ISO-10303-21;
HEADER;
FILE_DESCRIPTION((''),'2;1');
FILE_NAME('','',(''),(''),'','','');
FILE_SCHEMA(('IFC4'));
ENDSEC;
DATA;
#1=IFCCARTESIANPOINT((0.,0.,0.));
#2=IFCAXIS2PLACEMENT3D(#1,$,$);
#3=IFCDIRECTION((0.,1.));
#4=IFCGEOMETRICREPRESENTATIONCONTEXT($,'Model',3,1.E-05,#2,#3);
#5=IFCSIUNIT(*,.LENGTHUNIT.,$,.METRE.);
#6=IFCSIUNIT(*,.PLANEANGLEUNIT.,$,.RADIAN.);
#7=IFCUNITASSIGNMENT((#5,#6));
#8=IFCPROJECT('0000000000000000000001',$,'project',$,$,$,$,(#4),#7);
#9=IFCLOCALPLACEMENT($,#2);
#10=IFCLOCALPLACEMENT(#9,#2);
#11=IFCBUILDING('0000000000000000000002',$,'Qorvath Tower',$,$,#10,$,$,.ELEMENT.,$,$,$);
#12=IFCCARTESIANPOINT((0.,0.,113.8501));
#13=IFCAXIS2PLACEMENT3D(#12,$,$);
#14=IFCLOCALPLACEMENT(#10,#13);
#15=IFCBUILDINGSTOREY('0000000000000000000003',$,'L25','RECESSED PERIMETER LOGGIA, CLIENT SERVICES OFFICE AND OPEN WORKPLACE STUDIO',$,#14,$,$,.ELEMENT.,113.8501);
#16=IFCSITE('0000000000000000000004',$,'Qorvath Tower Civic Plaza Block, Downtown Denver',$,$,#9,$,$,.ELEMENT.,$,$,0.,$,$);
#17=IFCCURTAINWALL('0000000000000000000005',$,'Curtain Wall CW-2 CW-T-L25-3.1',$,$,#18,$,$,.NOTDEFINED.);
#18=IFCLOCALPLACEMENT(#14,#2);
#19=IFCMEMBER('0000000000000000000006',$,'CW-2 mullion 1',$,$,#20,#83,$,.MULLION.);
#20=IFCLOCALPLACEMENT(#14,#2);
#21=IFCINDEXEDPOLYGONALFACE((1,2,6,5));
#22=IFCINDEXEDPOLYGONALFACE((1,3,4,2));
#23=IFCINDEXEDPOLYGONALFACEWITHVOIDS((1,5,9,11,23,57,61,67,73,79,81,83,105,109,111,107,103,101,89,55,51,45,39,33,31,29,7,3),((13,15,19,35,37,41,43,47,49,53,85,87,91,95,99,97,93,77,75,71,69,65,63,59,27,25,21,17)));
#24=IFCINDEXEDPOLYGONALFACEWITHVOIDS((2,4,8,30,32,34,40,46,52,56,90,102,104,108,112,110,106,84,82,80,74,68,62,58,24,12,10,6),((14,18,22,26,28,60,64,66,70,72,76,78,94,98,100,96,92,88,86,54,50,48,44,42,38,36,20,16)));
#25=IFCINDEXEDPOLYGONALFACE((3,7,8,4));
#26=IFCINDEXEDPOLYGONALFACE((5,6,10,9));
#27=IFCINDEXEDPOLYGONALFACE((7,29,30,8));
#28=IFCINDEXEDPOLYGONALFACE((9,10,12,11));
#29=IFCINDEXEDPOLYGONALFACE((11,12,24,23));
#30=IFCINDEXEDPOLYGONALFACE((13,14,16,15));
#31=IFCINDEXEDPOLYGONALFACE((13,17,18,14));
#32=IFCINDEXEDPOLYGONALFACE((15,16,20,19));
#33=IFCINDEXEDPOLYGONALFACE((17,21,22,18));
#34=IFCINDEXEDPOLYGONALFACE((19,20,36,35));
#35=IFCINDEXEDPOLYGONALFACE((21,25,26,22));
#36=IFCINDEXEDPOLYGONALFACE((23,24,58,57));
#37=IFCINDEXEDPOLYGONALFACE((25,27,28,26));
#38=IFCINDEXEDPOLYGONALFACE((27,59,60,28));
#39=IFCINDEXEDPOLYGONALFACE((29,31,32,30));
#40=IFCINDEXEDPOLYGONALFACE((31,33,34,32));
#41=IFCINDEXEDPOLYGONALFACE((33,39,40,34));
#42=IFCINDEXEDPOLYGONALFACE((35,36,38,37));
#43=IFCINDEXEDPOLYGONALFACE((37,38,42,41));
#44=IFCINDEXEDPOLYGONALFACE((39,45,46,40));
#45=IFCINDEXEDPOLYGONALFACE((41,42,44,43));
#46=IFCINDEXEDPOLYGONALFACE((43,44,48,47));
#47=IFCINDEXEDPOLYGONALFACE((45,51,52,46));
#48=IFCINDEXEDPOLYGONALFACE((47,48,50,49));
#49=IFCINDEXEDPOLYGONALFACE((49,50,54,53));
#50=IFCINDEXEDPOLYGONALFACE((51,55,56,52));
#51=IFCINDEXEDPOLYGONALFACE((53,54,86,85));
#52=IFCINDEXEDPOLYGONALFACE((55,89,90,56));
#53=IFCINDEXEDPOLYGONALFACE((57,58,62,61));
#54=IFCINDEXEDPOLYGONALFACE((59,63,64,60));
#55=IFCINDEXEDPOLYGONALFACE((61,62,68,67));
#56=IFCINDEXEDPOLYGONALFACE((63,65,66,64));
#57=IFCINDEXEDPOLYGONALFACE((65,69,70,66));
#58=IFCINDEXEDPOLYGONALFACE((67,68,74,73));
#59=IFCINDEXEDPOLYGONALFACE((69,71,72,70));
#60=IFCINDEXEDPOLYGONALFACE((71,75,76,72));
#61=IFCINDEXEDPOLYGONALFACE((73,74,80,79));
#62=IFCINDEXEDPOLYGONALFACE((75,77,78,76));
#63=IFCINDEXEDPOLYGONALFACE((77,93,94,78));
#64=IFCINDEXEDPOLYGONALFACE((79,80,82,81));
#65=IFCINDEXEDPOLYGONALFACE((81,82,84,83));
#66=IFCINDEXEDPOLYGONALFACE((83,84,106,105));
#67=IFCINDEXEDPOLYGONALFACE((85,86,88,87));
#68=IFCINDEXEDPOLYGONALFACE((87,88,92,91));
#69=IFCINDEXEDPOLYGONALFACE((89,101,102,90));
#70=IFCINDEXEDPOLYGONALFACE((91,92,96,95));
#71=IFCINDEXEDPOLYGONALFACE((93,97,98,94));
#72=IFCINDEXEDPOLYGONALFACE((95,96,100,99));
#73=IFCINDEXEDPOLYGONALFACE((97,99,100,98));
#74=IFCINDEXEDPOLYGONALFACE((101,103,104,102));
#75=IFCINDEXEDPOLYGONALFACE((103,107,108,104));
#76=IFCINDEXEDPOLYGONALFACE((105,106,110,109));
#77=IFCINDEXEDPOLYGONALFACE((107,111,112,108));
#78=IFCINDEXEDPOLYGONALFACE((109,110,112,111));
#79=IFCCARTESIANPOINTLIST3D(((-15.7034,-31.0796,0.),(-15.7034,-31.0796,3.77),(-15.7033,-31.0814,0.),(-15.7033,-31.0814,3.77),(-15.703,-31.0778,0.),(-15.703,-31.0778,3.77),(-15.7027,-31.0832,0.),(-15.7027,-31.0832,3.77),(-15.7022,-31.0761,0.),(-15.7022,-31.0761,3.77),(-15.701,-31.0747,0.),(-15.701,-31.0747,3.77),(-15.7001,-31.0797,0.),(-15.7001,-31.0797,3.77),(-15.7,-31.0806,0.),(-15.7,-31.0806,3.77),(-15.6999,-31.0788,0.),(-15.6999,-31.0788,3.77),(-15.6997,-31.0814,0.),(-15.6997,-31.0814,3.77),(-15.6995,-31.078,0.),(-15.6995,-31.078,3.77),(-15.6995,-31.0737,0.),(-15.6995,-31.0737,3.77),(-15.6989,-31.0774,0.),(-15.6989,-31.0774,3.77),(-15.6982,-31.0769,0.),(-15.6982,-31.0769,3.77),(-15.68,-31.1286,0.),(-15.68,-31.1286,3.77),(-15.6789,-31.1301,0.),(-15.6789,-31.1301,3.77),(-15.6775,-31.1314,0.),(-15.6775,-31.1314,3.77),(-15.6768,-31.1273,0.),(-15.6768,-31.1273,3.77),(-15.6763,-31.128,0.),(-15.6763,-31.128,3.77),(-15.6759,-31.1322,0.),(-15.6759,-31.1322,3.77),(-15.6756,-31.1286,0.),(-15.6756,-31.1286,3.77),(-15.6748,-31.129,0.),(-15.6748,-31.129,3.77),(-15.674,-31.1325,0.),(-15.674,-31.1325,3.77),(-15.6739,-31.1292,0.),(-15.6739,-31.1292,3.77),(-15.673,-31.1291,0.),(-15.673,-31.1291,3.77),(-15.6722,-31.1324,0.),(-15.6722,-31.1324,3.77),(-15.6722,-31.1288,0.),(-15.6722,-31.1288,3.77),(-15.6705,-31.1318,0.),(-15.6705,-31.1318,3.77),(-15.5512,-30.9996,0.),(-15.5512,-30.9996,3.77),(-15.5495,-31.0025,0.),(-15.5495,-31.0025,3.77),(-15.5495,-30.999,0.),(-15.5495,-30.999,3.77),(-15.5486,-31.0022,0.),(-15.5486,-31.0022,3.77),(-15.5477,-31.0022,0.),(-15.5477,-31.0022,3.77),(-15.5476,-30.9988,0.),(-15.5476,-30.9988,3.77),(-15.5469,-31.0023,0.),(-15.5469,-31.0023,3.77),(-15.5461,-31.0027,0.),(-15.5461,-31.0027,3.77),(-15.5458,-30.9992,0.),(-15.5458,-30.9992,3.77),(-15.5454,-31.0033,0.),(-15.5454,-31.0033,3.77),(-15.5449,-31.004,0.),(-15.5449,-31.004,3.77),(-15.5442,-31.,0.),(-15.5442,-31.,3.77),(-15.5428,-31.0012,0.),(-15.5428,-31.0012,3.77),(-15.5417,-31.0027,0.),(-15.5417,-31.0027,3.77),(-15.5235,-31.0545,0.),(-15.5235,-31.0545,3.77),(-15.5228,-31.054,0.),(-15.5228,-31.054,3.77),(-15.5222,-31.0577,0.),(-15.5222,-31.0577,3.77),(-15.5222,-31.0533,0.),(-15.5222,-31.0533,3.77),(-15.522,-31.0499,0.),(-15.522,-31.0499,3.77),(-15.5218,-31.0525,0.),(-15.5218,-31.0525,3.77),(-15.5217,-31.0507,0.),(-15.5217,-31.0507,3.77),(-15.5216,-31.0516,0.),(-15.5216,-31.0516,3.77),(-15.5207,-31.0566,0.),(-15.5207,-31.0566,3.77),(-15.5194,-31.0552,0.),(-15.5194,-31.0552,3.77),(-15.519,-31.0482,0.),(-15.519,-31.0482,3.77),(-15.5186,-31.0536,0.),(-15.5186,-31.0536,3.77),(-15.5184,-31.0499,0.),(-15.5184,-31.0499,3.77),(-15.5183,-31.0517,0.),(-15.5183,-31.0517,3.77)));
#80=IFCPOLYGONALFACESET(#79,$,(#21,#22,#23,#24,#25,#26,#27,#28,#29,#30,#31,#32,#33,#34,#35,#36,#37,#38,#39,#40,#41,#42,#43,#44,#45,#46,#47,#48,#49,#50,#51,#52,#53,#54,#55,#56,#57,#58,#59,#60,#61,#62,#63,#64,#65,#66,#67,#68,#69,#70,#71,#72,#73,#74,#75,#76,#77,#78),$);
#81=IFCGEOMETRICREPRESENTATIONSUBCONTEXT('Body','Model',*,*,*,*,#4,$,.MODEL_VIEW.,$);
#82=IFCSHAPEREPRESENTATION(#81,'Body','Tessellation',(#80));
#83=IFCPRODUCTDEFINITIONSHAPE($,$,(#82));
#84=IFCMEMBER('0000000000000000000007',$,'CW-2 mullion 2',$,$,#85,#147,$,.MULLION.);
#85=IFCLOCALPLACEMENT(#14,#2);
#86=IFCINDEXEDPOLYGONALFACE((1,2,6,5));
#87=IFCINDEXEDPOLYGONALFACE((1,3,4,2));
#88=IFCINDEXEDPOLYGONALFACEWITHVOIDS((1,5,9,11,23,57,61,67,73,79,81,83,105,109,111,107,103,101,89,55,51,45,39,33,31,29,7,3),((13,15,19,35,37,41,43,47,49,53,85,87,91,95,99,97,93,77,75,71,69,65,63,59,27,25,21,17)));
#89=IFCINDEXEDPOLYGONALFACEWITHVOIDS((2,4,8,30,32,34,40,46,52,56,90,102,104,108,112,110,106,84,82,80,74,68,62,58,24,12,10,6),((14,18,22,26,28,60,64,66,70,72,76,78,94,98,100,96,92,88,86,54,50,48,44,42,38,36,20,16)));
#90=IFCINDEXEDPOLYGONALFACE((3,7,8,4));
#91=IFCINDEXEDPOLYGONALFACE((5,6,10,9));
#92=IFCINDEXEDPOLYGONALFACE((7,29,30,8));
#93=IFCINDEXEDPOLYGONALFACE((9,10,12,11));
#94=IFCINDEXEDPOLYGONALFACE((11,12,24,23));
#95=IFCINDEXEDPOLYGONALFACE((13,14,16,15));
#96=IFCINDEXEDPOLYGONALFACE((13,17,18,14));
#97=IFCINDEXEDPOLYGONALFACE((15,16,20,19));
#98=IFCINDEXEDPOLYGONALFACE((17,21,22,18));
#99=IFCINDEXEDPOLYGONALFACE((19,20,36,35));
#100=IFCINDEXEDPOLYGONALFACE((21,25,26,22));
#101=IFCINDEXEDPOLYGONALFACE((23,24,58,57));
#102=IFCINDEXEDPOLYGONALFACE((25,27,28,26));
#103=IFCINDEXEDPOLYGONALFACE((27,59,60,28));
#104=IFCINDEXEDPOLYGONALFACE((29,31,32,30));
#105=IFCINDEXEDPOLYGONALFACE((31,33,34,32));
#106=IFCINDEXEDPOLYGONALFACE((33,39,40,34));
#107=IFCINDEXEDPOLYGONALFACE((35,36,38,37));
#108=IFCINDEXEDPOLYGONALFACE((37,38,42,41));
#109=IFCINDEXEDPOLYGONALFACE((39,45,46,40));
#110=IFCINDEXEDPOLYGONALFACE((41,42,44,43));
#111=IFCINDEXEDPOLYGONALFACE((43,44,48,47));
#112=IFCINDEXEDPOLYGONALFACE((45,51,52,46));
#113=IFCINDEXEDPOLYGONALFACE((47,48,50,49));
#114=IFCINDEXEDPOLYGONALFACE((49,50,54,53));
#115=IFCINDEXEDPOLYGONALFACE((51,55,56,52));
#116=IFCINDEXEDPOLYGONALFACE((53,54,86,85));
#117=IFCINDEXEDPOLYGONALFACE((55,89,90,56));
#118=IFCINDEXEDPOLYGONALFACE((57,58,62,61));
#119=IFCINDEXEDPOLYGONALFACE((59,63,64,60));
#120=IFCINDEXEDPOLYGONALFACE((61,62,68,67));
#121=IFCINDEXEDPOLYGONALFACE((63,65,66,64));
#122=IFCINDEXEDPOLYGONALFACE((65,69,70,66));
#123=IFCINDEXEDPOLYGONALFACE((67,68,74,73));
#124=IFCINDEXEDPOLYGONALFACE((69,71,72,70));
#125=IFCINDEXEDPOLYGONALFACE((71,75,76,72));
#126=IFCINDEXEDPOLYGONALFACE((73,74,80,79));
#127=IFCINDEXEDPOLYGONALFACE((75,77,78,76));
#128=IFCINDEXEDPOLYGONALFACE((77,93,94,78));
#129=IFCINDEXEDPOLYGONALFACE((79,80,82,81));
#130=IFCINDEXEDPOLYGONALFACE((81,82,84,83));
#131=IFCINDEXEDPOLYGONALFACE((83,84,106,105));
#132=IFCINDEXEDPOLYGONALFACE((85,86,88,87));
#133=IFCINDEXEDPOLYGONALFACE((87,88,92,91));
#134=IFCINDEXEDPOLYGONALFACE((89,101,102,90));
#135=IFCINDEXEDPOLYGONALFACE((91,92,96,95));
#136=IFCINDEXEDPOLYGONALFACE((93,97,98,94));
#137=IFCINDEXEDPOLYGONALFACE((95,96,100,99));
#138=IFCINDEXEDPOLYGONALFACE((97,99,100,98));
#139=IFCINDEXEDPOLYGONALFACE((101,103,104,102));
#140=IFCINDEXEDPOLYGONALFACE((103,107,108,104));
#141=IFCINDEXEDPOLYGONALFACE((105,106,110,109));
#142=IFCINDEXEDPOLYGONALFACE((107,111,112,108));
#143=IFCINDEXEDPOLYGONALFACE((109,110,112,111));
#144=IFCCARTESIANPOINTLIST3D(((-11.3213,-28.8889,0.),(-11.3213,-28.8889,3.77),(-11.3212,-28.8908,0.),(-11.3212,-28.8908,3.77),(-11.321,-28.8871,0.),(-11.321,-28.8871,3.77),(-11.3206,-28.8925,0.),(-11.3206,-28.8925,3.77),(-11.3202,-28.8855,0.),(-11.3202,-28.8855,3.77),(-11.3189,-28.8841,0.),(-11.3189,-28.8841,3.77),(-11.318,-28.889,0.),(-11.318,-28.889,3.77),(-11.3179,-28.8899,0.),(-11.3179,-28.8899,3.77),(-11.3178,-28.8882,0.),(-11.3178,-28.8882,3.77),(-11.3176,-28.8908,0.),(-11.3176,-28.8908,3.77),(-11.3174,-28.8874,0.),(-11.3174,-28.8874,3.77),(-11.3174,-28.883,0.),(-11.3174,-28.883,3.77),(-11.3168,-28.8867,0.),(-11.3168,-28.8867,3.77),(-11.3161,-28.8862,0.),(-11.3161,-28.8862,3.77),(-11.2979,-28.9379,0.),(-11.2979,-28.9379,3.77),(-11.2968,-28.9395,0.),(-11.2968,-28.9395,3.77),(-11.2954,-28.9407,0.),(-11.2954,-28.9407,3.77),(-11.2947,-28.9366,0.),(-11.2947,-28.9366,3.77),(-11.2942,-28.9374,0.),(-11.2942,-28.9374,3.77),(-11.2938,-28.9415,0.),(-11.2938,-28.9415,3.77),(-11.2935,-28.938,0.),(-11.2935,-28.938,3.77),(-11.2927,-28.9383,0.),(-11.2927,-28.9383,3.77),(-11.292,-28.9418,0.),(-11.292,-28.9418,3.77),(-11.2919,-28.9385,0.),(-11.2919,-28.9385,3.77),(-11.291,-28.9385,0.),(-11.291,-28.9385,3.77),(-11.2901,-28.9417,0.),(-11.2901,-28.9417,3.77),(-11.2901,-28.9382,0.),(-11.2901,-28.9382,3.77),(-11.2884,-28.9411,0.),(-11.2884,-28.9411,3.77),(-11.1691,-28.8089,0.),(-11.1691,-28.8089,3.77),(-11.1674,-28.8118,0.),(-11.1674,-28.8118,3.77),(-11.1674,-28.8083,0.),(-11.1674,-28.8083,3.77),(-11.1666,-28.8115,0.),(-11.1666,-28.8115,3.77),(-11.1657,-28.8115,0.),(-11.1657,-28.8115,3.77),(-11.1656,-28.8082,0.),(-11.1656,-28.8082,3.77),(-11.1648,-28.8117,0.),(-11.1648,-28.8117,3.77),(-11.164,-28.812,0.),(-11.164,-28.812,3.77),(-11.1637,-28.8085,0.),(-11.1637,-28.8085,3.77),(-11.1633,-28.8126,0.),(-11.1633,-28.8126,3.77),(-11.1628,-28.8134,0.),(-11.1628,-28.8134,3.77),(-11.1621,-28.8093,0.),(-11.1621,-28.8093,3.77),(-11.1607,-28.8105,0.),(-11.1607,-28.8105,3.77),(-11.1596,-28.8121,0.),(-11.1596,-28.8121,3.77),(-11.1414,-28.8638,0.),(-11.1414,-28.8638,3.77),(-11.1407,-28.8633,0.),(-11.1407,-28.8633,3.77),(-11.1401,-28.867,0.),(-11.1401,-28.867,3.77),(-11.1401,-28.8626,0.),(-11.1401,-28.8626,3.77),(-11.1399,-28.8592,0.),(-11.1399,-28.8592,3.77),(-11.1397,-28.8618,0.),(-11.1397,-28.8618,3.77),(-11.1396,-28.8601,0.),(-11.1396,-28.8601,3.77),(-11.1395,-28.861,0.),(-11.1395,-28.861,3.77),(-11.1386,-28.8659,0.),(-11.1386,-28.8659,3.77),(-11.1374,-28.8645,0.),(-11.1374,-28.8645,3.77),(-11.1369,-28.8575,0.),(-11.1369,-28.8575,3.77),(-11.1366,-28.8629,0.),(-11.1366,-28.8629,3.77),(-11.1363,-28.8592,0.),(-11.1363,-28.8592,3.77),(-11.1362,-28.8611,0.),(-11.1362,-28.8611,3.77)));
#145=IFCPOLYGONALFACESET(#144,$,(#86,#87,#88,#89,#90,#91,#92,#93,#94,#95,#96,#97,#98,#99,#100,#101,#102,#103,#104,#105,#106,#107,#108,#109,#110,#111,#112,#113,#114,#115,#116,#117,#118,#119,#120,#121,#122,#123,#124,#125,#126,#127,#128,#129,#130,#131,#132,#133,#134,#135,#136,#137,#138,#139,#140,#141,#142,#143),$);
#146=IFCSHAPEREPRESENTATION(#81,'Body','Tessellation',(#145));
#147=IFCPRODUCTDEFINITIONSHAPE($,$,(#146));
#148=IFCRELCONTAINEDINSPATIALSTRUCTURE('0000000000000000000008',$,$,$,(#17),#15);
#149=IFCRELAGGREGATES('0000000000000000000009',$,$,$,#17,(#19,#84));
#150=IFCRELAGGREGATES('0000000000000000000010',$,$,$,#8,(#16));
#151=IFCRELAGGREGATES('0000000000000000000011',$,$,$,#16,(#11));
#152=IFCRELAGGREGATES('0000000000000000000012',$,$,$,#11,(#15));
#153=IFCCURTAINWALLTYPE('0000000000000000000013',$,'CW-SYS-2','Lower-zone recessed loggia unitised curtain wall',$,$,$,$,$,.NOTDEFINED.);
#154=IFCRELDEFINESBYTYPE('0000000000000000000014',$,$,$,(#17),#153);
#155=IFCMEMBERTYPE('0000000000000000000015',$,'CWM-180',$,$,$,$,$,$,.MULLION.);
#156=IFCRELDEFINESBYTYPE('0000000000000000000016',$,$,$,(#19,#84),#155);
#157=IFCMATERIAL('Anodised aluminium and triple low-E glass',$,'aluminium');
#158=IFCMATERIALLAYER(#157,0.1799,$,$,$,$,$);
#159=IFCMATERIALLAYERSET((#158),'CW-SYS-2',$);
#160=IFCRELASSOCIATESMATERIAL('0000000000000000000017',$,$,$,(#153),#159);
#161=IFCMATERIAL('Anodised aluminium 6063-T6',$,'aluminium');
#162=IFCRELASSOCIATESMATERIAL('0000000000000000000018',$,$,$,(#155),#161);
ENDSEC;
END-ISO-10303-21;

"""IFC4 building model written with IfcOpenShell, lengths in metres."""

from ifc_helpers import new_model, si_unit, direction, frame, origin, origin_2d, place, context, subcontext, project, spatial, hollow_rectangle, extrude, material, layer, layer_set, material_profile, profile_set, type_object, element, aggregate, save


model = new_model("IFC4")

# Units and contexts
model_context = context("Model", 3, precision=1e-05, world=origin(), true_north=direction((0.0, 1.0)))
body_context = subcontext(model_context, "Body", "Model", "MODEL_VIEW")
ifc_project = project(units=[si_unit("LENGTHUNIT", "METRE"), si_unit("PLANEANGLEUNIT", "RADIAN")], contexts=[model_context])

# Site, building, storey
site_placement = place(None, origin())
site = spatial("IfcSite", under=ifc_project, at=site_placement, Name="Qorvath Tower Civic Plaza Block, Downtown Denver", CompositionType="ELEMENT", RefElevation=0.0)
building_placement = place(site_placement, origin())
building = spatial("IfcBuilding", under=site, at=building_placement, Name="Qorvath Tower", CompositionType="ELEMENT")
storey_placement = place(building_placement, frame((0.0, 0.0, 113.8501)))
storey = spatial("IfcBuildingStorey", under=building, at=storey_placement, Name="L25", Description="RECESSED PERIMETER LOGGIA, CLIENT SERVICES OFFICE AND OPEN WORKPLACE STUDIO", CompositionType="ELEMENT", Elevation=113.8501)

# Shared definitions
ifc_material_1 = material(Name="Anodised aluminium and triple low-E glass", Category="aluminium")
ifc_layer_1 = layer(ifc_material_1, 0.1799)
ifc_layer_set_1 = layer_set([ifc_layer_1], Name="CW-SYS-2")
curtain_wall_type = type_object("IfcCurtainWallType", Name="CW-SYS-2", Description="Lower-zone recessed loggia unitised curtain wall", PredefinedType="NOTDEFINED", material=ifc_layer_set_1)
ifc_material_2 = material(Name="Anodised aluminium 6063-T6", Category="aluminium")
ifc_material_profile_1 = material_profile(ifc_material_2, hollow_rectangle(XDim=0.0649, YDim=0.1799, WallThickness=0.0034, InnerFilletRadius=0.0034, OuterFilletRadius=0.0071, at=origin_2d()), Name="CWM 180x65")
ifc_profile_set_1 = profile_set([ifc_material_profile_1], Name="Anodised aluminium 6063-T6")
member_type_1 = type_object("IfcMemberType", Name="CWM-180", PredefinedType="MULLION", material=ifc_profile_set_1)

# Curtain wall, members
curtain_wall_1_placement = place(storey_placement, origin())
curtain_wall_1 = element("IfcCurtainWall", 1, at=curtain_wall_1_placement, inside=storey, type_object=curtain_wall_type, Name="Curtain Wall CW-2 CW-T-L25-3.1", PredefinedType="NOTDEFINED")
member_1_placement = place(storey_placement, frame((-15.6108, -31.0657, 0.0), z_axis=(0.0, 0.0, 1.0), x_axis=(-0.447181, 0.894443, 0.0)))
member_1 = element("IfcMember", 2, at=member_1_placement, type_object=member_type_1, Name="CW-2 mullion 1", PredefinedType="MULLION", context=body_context, shape_type="SweptSolid", body=[
    extrude(hollow_rectangle(XDim=0.0649, YDim=0.1799, WallThickness=0.0034, InnerFilletRadius=0.0034, OuterFilletRadius=0.0071, at=origin_2d()), origin(), (0.0, 0.0, 1.0), 3.77),
])
member_2_placement = place(storey_placement, frame((-11.2288, -28.875, 0.0), z_axis=(0.0, 0.0, 1.0), x_axis=(-0.447181, 0.894443, 0.0)))
member_2 = element("IfcMember", 3, at=member_2_placement, type_object=member_type_1, Name="CW-2 mullion 2", PredefinedType="MULLION", context=body_context, shape_type="SweptSolid", body=[
    extrude(hollow_rectangle(XDim=0.0649, YDim=0.1799, WallThickness=0.0034, InnerFilletRadius=0.0034, OuterFilletRadius=0.0071, at=origin_2d()), origin(), (0.0, 0.0, 1.0), 3.77),
])

aggregate(curtain_wall_1, [member_1, member_2])

save(model, "model.ifc")
